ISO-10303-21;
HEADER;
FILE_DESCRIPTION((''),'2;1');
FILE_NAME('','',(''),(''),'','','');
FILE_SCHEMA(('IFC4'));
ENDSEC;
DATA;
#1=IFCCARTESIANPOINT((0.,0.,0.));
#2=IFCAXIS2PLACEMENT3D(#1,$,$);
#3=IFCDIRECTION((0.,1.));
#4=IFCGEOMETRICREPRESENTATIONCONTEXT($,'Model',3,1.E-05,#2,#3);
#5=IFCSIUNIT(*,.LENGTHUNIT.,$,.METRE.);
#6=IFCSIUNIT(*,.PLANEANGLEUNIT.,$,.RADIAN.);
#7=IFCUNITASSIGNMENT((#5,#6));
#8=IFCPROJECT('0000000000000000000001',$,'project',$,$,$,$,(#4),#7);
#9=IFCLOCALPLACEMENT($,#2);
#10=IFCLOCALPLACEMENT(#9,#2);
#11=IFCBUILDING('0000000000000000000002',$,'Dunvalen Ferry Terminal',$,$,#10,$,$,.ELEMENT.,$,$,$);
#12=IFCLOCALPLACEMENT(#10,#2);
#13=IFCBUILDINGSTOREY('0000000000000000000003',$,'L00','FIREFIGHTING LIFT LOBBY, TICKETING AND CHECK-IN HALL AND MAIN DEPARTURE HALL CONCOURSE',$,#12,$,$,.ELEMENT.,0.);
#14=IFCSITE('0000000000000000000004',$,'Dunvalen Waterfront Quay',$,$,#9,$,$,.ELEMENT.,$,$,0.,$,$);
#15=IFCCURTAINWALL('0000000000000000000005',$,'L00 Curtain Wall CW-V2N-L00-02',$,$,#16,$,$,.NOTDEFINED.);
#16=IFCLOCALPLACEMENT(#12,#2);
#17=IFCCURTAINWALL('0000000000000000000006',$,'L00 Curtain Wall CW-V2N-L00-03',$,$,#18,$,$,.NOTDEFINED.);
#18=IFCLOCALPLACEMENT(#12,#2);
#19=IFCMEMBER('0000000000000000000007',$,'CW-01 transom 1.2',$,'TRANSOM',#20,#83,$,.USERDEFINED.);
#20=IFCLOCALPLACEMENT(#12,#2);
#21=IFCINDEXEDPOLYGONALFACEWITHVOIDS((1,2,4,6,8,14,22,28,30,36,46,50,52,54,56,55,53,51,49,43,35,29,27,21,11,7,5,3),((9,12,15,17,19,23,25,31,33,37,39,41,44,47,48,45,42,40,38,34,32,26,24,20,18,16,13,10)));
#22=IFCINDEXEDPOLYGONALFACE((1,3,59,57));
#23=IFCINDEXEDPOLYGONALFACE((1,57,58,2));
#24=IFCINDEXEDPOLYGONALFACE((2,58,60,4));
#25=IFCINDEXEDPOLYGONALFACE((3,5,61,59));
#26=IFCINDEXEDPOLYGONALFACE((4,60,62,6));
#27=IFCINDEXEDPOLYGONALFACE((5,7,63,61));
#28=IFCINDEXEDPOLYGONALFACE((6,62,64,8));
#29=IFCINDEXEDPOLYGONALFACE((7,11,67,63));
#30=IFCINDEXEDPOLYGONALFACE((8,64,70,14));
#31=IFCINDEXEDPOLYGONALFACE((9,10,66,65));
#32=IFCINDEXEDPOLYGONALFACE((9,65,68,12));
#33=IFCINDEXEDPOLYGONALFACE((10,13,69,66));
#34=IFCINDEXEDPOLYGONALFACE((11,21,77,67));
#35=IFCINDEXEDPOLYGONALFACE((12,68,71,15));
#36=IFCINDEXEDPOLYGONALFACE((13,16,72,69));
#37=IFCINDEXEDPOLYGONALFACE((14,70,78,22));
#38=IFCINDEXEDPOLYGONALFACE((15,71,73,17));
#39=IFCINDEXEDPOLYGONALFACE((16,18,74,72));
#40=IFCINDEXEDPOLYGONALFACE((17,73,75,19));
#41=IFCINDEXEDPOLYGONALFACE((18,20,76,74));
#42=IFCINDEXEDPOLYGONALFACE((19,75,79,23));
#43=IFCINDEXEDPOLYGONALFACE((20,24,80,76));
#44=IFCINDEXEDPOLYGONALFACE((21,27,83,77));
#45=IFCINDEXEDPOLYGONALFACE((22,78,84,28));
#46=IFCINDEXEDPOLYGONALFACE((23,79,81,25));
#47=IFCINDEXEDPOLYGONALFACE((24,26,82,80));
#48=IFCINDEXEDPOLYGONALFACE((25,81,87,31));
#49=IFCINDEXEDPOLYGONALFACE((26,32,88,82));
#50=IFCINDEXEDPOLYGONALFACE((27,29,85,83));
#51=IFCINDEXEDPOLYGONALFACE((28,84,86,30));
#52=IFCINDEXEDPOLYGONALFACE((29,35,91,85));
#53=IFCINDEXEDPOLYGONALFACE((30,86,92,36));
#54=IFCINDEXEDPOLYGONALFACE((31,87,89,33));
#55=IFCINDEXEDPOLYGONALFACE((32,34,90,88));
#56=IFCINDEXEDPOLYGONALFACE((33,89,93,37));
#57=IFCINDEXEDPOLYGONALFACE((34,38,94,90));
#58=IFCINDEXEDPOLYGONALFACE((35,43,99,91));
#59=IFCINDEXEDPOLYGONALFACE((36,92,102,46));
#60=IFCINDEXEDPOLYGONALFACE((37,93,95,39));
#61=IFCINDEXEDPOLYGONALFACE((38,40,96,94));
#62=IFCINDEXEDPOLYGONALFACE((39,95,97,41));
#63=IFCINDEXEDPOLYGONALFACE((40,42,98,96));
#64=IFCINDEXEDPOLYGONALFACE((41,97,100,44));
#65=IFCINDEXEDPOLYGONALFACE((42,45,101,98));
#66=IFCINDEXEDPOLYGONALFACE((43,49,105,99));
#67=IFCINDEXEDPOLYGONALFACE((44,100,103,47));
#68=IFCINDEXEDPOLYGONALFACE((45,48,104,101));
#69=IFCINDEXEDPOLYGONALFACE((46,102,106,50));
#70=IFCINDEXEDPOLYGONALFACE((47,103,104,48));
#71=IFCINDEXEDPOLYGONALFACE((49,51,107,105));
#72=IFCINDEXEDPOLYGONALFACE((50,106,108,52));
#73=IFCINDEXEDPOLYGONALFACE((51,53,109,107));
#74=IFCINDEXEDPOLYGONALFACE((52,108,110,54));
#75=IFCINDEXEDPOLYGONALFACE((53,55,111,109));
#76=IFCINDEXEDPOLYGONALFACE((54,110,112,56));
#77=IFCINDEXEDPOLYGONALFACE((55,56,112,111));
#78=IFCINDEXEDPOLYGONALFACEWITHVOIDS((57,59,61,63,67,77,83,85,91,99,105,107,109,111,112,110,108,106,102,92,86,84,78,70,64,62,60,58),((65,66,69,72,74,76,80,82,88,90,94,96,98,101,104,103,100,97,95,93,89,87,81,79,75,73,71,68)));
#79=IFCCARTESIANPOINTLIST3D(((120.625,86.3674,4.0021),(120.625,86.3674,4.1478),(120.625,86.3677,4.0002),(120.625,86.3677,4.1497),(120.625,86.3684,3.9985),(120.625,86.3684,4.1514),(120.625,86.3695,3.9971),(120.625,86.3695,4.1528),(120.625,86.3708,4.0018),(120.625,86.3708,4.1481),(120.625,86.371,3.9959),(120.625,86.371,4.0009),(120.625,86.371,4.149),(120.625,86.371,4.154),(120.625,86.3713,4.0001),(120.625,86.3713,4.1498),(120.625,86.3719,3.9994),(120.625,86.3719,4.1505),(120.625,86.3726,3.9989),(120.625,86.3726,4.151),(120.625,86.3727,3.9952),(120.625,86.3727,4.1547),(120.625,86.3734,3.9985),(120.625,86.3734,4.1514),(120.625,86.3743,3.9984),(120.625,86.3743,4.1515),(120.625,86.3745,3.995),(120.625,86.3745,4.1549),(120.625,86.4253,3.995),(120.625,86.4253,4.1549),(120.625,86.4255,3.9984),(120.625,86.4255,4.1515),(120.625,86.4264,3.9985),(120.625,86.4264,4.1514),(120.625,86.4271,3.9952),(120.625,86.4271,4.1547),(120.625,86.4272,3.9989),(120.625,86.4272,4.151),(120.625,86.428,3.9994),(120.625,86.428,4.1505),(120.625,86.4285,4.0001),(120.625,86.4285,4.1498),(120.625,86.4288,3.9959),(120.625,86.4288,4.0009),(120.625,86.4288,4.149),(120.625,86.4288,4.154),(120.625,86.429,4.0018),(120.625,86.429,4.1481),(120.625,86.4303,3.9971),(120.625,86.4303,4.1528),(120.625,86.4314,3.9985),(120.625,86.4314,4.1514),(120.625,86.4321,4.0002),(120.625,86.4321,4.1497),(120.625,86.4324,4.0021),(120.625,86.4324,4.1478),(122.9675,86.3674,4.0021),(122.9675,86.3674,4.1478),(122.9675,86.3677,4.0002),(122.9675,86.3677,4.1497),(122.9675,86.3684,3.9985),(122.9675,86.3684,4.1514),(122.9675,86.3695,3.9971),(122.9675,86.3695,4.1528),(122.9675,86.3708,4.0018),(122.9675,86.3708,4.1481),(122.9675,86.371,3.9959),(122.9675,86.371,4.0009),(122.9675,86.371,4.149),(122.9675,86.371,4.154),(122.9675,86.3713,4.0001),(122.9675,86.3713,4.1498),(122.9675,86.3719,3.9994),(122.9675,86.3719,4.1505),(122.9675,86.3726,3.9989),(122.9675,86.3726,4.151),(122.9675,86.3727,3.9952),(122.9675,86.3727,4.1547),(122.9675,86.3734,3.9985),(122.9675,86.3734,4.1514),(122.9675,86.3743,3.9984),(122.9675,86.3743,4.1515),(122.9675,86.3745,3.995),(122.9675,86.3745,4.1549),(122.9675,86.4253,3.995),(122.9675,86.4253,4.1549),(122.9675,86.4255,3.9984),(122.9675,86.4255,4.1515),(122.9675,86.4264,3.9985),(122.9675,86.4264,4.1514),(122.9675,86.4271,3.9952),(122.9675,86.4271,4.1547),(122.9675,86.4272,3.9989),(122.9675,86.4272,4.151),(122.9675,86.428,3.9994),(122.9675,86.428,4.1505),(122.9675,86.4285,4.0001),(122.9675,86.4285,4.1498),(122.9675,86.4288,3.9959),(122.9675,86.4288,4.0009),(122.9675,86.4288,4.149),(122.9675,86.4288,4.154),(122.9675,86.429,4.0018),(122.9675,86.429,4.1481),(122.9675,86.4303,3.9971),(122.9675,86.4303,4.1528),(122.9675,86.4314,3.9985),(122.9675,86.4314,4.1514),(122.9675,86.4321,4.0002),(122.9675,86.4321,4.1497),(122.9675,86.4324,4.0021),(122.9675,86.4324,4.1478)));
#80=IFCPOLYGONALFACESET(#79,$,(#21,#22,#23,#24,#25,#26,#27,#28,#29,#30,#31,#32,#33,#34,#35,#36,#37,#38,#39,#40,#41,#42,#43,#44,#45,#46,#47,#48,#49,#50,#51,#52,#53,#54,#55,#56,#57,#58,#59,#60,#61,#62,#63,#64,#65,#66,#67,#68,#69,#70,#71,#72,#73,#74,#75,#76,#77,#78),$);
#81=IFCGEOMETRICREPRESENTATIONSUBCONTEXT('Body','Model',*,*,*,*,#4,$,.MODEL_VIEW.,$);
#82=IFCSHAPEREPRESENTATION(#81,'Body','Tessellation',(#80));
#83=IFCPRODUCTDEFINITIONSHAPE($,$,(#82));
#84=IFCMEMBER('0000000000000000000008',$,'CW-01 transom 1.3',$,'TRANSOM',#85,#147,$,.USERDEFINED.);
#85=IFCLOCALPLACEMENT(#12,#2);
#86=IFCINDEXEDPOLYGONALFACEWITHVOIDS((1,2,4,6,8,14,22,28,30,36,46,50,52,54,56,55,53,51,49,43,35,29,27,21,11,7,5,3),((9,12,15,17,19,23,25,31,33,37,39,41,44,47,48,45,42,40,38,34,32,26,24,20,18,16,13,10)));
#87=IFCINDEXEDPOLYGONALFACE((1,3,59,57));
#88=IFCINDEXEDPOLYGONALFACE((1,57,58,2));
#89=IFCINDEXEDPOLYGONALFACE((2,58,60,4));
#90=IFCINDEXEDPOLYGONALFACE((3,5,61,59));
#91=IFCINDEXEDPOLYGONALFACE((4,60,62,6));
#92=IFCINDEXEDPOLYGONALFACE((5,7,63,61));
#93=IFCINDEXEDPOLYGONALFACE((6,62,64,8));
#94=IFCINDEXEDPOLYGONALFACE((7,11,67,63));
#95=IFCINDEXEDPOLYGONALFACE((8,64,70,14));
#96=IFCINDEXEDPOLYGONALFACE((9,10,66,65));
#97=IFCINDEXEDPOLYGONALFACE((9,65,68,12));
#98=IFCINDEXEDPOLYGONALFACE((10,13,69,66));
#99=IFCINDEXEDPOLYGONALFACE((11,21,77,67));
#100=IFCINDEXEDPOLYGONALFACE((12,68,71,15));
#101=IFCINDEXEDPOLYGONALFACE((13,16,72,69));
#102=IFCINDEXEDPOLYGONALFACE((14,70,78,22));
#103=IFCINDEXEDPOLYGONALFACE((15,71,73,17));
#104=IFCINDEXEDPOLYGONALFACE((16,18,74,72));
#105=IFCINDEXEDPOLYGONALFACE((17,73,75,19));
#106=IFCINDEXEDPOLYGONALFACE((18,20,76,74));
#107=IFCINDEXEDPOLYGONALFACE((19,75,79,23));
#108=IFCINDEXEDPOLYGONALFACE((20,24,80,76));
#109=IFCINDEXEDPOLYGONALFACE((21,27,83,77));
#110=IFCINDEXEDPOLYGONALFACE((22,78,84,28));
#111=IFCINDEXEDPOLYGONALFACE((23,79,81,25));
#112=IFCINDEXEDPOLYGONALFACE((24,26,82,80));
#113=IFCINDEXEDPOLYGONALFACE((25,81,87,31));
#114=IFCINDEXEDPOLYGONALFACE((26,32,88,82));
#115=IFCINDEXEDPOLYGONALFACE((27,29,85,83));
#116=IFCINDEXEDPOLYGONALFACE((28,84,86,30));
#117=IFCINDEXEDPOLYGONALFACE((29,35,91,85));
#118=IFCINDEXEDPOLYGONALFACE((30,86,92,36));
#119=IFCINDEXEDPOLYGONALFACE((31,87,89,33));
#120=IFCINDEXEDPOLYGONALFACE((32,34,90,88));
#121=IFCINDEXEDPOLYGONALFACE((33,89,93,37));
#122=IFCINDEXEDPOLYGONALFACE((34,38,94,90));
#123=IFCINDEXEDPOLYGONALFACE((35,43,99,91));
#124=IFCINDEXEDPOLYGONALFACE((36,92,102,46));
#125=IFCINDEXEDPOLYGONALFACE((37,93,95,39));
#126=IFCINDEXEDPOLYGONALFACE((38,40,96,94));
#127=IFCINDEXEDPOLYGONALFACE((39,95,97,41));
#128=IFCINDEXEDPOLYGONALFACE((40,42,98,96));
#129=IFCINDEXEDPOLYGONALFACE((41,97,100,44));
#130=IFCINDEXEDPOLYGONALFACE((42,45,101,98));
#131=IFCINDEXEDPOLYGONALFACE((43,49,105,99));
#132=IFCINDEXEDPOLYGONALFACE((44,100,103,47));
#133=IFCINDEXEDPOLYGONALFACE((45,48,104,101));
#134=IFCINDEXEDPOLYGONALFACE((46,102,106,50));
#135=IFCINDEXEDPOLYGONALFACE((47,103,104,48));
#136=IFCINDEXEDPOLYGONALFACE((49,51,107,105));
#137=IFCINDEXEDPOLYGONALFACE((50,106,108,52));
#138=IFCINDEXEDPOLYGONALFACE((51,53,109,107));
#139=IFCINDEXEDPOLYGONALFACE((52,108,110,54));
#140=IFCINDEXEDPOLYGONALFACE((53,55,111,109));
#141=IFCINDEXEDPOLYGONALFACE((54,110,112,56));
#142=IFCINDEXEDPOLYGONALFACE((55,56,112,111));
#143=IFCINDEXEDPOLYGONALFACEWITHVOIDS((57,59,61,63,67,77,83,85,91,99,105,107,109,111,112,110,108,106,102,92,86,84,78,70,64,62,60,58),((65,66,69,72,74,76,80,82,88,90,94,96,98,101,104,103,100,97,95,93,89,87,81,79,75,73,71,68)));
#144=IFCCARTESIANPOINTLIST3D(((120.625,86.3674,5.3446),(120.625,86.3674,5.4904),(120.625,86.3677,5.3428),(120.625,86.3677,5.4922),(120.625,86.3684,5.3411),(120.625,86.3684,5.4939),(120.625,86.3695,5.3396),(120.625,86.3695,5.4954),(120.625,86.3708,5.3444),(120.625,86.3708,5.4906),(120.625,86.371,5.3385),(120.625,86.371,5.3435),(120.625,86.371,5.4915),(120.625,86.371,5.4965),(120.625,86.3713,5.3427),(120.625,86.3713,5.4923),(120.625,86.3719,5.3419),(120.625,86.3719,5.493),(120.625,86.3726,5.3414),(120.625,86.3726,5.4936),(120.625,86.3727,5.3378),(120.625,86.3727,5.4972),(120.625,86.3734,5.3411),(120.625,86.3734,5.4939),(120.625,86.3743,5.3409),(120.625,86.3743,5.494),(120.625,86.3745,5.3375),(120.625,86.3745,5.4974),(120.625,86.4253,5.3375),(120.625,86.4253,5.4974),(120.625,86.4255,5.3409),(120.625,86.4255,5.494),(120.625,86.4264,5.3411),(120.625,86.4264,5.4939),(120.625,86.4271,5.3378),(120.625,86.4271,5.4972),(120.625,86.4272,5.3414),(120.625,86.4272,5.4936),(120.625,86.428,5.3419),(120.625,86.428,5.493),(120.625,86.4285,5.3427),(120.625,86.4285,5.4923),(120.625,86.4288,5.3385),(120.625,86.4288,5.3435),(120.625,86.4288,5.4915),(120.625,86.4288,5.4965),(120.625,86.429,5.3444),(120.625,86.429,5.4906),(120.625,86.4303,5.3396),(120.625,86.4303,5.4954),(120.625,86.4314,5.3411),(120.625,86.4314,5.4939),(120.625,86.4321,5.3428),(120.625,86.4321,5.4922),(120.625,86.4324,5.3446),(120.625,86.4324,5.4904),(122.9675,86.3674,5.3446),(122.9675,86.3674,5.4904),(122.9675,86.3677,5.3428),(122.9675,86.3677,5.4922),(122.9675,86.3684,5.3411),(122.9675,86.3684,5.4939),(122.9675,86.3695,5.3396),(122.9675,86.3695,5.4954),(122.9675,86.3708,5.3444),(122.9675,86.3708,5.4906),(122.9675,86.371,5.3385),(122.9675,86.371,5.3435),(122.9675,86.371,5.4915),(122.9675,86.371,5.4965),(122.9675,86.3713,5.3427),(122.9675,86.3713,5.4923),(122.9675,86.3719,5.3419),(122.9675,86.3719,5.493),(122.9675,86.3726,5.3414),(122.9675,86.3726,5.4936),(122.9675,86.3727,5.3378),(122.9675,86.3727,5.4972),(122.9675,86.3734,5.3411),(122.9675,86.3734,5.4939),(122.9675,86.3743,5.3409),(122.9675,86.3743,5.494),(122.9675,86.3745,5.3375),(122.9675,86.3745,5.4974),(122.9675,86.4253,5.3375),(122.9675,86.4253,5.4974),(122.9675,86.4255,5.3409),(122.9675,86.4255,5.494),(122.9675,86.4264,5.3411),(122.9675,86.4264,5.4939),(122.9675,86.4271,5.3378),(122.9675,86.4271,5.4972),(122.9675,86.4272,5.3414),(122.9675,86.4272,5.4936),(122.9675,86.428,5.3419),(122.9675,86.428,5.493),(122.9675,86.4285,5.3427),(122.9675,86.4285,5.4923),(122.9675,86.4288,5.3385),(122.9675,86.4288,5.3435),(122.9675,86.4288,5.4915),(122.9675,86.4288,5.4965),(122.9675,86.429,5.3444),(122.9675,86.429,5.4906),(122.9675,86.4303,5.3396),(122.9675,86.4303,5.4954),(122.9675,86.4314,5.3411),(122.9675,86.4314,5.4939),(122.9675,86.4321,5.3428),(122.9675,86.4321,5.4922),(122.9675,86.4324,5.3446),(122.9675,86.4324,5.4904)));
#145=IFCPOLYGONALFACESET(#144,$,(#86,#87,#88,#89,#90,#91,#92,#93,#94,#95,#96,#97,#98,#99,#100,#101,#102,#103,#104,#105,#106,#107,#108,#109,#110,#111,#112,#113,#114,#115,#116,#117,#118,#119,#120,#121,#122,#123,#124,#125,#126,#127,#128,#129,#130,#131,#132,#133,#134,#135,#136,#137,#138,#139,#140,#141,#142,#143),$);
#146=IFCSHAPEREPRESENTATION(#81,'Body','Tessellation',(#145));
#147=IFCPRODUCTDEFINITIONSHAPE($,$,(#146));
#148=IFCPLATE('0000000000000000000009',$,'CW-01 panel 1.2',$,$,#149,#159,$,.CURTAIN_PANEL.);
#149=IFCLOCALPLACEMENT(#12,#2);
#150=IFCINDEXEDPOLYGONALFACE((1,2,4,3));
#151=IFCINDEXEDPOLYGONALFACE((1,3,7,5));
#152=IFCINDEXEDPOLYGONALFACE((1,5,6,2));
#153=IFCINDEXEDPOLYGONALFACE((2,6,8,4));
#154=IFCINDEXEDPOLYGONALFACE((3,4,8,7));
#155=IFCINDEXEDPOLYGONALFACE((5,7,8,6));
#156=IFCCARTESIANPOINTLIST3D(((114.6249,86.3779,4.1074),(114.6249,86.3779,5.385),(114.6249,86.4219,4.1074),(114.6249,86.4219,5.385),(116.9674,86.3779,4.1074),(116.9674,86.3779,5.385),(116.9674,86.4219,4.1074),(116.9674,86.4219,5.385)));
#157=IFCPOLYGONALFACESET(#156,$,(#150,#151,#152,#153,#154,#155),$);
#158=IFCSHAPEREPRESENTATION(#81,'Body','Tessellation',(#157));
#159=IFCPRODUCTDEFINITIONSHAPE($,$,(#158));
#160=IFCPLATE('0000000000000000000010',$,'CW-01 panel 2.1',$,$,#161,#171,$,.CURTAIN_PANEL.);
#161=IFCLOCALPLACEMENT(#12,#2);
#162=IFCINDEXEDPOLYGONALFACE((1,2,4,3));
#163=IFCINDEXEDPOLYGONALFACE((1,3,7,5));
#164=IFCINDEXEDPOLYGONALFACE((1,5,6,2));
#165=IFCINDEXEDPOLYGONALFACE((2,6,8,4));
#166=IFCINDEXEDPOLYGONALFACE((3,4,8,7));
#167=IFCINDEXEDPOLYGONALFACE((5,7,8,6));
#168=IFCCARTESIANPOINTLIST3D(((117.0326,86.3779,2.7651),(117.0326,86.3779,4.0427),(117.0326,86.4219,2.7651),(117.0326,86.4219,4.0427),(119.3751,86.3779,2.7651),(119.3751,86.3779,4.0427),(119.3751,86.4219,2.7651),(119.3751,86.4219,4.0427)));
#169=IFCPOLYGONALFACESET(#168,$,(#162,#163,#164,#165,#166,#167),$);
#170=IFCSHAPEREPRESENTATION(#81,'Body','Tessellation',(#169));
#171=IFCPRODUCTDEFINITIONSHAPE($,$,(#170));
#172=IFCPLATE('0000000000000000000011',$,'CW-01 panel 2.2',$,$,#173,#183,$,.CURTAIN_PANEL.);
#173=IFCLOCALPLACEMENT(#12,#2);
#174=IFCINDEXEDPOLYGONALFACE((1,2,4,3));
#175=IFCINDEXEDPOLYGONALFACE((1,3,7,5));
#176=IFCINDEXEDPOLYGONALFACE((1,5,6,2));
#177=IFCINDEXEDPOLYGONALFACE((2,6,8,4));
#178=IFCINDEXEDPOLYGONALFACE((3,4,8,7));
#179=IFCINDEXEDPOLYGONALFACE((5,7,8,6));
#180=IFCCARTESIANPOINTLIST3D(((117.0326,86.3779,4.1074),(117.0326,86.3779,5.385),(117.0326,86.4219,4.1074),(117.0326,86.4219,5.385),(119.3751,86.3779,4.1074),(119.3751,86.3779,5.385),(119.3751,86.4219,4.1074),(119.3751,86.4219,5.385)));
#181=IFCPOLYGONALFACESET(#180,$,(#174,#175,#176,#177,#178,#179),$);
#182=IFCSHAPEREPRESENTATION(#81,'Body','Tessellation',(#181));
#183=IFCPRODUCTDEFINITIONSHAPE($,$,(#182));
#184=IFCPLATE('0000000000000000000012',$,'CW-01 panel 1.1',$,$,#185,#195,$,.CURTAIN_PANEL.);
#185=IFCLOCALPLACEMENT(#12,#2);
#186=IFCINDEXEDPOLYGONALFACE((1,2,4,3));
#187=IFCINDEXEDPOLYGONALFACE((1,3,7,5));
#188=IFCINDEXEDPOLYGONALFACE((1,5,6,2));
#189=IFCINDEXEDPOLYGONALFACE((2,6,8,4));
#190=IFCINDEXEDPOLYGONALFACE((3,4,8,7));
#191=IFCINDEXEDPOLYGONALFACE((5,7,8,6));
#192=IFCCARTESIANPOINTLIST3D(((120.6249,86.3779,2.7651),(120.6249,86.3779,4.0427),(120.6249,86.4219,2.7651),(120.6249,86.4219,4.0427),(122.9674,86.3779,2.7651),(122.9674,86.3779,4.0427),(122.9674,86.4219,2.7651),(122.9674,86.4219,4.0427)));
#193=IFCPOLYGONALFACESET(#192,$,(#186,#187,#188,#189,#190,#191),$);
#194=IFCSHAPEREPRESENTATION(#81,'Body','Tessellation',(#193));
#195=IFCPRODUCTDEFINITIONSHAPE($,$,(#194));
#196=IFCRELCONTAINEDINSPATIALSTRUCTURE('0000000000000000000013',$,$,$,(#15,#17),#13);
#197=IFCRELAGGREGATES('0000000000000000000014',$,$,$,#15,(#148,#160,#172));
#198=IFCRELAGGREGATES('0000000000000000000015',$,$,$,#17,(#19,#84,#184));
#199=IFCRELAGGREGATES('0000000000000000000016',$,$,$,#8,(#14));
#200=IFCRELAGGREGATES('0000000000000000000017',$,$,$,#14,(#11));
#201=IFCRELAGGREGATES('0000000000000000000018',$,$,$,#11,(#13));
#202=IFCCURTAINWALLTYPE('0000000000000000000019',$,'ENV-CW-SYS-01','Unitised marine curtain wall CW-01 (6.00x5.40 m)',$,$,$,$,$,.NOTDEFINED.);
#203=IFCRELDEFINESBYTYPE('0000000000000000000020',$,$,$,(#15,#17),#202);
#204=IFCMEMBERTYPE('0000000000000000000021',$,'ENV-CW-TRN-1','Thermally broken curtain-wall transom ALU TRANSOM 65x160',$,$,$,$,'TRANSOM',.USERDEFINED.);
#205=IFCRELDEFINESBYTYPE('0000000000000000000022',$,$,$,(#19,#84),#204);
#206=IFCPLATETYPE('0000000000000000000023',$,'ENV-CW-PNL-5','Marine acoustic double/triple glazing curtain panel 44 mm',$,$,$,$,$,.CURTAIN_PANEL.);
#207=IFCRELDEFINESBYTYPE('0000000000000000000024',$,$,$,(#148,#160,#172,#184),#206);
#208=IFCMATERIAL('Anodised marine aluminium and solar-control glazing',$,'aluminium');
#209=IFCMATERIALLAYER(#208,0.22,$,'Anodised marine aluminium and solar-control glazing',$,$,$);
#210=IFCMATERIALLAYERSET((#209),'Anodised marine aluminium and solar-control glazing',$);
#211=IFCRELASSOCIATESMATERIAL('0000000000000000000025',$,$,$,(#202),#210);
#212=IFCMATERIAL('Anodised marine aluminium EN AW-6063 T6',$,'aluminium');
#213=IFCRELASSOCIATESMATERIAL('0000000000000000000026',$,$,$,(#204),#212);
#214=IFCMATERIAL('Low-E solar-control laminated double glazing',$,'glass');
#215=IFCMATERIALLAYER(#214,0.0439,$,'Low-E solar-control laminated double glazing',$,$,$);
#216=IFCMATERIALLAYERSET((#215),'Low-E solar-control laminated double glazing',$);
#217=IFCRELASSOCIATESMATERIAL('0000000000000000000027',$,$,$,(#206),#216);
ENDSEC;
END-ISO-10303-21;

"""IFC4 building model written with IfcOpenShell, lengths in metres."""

from ifc_helpers import new_model, si_unit, direction, frame, origin, origin_2d, place, context, subcontext, project, spatial, rectangle, hollow_rectangle, extrude, material, layer, layer_set, material_profile, profile_set, type_object, element, aggregate, save


model = new_model("IFC4")

# Units and contexts
model_context = context("Model", 3, precision=1e-05, world=origin(), true_north=direction((0.0, 1.0)))
body_context = subcontext(model_context, "Body", "Model", "MODEL_VIEW")
ifc_project = project(units=[si_unit("LENGTHUNIT", "METRE"), si_unit("PLANEANGLEUNIT", "RADIAN")], contexts=[model_context])

# Site, building, storey
site_placement = place(None, origin())
site = spatial("IfcSite", under=ifc_project, at=site_placement, Name="Dunvalen Waterfront Quay", CompositionType="ELEMENT", RefElevation=0.0)
building_placement = place(site_placement, origin())
building = spatial("IfcBuilding", under=site, at=building_placement, Name="Dunvalen Ferry Terminal", CompositionType="ELEMENT")
storey_placement = place(building_placement, origin())
storey = spatial("IfcBuildingStorey", under=building, at=storey_placement, Name="L00", Description="FIREFIGHTING LIFT LOBBY, TICKETING AND CHECK-IN HALL AND MAIN DEPARTURE HALL CONCOURSE", CompositionType="ELEMENT", Elevation=0.0)

# Curtain walls
ifc_material_1 = material(Name="Anodised marine aluminium and solar-control glazing", Category="aluminium")
ifc_layer_1 = layer(ifc_material_1, 0.22, Name="Anodised marine aluminium and solar-control glazing")
ifc_layer_set_1 = layer_set([ifc_layer_1], Name="Anodised marine aluminium and solar-control glazing")
curtain_wall_type = type_object("IfcCurtainWallType", Name="ENV-CW-SYS-01", Description="Unitised marine curtain wall CW-01 (6.00x5.40 m)", PredefinedType="NOTDEFINED", material=ifc_layer_set_1)
curtain_wall_1_placement = place(storey_placement, origin())
curtain_wall_1 = element("IfcCurtainWall", 1, at=curtain_wall_1_placement, inside=storey, type_object=curtain_wall_type, Name="L00 Curtain Wall CW-V2N-L00-02", PredefinedType="NOTDEFINED")
ifc_material_2 = material(Name="Anodised marine aluminium EN AW-6063 T6", Category="aluminium")
curtain_wall_2_placement = place(storey_placement, origin())
curtain_wall_2 = element("IfcCurtainWall", 2, at=curtain_wall_2_placement, inside=storey, type_object=curtain_wall_type, Name="L00 Curtain Wall CW-V2N-L00-03", PredefinedType="NOTDEFINED")

# Members
ifc_material_profile_1 = material_profile(ifc_material_2, hollow_rectangle(XDim=0.0649, YDim=0.1599, WallThickness=0.0034, InnerFilletRadius=0.0034, OuterFilletRadius=0.0071, at=origin_2d()), Name="Anodised marine aluminium EN AW-6063 T6")
ifc_profile_set_1 = profile_set([ifc_material_profile_1], Name="Anodised marine aluminium EN AW-6063 T6")
member_type_1 = type_object("IfcMemberType", Name="ENV-CW-TRN-1", Description="Thermally broken curtain-wall transom ALU TRANSOM 65x160", ElementType="TRANSOM", PredefinedType="USERDEFINED", material=ifc_profile_set_1)
member_1_placement = place(storey_placement, frame((120.625, 86.3999, 4.075), z_axis=(1.0, 0.0, 0.0), x_axis=(0.0, 1.0, 0.0)))
member_1 = element("IfcMember", 3, at=member_1_placement, type_object=member_type_1, Name="CW-01 transom 1.2", ObjectType="TRANSOM", PredefinedType="USERDEFINED", context=body_context, shape_type="SweptSolid", body=[
    extrude(hollow_rectangle(XDim=0.0649, YDim=0.1599, WallThickness=0.0034, InnerFilletRadius=0.0034, OuterFilletRadius=0.0071, at=origin_2d()), origin(), (0.0, 0.0, 1.0), 2.3425),
])
member_2_placement = place(storey_placement, frame((120.625, 86.3999, 5.4175), z_axis=(1.0, 0.0, 0.0), x_axis=(0.0, 1.0, 0.0)))
member_2 = element("IfcMember", 4, at=member_2_placement, type_object=member_type_1, Name="CW-01 transom 1.3", ObjectType="TRANSOM", PredefinedType="USERDEFINED", context=body_context, shape_type="SweptSolid", body=[
    extrude(hollow_rectangle(XDim=0.0649, YDim=0.1599, WallThickness=0.0034, InnerFilletRadius=0.0034, OuterFilletRadius=0.0071, at=origin_2d()), origin(), (0.0, 0.0, 1.0), 2.3425),
])

# Plates
ifc_material_3 = material(Name="Low-E solar-control laminated double glazing", Category="glass")
ifc_layer_2 = layer(ifc_material_3, 0.0439, Name="Low-E solar-control laminated double glazing")
ifc_layer_set_2 = layer_set([ifc_layer_2], Name="Low-E solar-control laminated double glazing")
plate_type = type_object("IfcPlateType", Name="ENV-CW-PNL-5", Description="Marine acoustic double/triple glazing curtain panel 44 mm", PredefinedType="CURTAIN_PANEL", material=ifc_layer_set_2)
plate_1_placement = place(storey_placement, frame((115.7961, 86.3999, 4.1074), z_axis=(0.0, 0.0, 1.0), x_axis=(1.0, 0.0, 0.0)))
plate_1 = element("IfcPlate", 5, at=plate_1_placement, type_object=plate_type, Name="CW-01 panel 1.2", PredefinedType="CURTAIN_PANEL", context=body_context, shape_type="SweptSolid", body=[
    extrude(rectangle(XDim=2.3425, YDim=0.0439, at=origin_2d()), origin(), (0.0, 0.0, 1.0), 1.2776),
])
plate_2_placement = place(storey_placement, frame((118.2039, 86.3999, 2.7651), z_axis=(0.0, 0.0, 1.0), x_axis=(1.0, 0.0, 0.0)))
plate_2 = element("IfcPlate", 6, at=plate_2_placement, type_object=plate_type, Name="CW-01 panel 2.1", PredefinedType="CURTAIN_PANEL", context=body_context, shape_type="SweptSolid", body=[
    extrude(rectangle(XDim=2.3425, YDim=0.0439, at=origin_2d()), origin(), (0.0, 0.0, 1.0), 1.2776),
])
plate_3_placement = place(storey_placement, frame((118.2039, 86.3999, 4.1074), z_axis=(0.0, 0.0, 1.0), x_axis=(1.0, 0.0, 0.0)))
plate_3 = element("IfcPlate", 7, at=plate_3_placement, type_object=plate_type, Name="CW-01 panel 2.2", PredefinedType="CURTAIN_PANEL", context=body_context, shape_type="SweptSolid", body=[
    extrude(rectangle(XDim=2.3425, YDim=0.0439, at=origin_2d()), origin(), (0.0, 0.0, 1.0), 1.2776),
])
aggregate(curtain_wall_1, [plate_1, plate_2, plate_3])
plate_4_placement = place(storey_placement, frame((121.7961, 86.3999, 2.7651), z_axis=(0.0, 0.0, 1.0), x_axis=(1.0, 0.0, 0.0)))
plate_4 = element("IfcPlate", 8, at=plate_4_placement, type_object=plate_type, Name="CW-01 panel 1.1", PredefinedType="CURTAIN_PANEL", context=body_context, shape_type="SweptSolid", body=[
    extrude(rectangle(XDim=2.3425, YDim=0.0439, at=origin_2d()), origin(), (0.0, 0.0, 1.0), 1.2776),
])
aggregate(curtain_wall_2, [member_1, member_2, plate_4])

save(model, "model.ifc")
